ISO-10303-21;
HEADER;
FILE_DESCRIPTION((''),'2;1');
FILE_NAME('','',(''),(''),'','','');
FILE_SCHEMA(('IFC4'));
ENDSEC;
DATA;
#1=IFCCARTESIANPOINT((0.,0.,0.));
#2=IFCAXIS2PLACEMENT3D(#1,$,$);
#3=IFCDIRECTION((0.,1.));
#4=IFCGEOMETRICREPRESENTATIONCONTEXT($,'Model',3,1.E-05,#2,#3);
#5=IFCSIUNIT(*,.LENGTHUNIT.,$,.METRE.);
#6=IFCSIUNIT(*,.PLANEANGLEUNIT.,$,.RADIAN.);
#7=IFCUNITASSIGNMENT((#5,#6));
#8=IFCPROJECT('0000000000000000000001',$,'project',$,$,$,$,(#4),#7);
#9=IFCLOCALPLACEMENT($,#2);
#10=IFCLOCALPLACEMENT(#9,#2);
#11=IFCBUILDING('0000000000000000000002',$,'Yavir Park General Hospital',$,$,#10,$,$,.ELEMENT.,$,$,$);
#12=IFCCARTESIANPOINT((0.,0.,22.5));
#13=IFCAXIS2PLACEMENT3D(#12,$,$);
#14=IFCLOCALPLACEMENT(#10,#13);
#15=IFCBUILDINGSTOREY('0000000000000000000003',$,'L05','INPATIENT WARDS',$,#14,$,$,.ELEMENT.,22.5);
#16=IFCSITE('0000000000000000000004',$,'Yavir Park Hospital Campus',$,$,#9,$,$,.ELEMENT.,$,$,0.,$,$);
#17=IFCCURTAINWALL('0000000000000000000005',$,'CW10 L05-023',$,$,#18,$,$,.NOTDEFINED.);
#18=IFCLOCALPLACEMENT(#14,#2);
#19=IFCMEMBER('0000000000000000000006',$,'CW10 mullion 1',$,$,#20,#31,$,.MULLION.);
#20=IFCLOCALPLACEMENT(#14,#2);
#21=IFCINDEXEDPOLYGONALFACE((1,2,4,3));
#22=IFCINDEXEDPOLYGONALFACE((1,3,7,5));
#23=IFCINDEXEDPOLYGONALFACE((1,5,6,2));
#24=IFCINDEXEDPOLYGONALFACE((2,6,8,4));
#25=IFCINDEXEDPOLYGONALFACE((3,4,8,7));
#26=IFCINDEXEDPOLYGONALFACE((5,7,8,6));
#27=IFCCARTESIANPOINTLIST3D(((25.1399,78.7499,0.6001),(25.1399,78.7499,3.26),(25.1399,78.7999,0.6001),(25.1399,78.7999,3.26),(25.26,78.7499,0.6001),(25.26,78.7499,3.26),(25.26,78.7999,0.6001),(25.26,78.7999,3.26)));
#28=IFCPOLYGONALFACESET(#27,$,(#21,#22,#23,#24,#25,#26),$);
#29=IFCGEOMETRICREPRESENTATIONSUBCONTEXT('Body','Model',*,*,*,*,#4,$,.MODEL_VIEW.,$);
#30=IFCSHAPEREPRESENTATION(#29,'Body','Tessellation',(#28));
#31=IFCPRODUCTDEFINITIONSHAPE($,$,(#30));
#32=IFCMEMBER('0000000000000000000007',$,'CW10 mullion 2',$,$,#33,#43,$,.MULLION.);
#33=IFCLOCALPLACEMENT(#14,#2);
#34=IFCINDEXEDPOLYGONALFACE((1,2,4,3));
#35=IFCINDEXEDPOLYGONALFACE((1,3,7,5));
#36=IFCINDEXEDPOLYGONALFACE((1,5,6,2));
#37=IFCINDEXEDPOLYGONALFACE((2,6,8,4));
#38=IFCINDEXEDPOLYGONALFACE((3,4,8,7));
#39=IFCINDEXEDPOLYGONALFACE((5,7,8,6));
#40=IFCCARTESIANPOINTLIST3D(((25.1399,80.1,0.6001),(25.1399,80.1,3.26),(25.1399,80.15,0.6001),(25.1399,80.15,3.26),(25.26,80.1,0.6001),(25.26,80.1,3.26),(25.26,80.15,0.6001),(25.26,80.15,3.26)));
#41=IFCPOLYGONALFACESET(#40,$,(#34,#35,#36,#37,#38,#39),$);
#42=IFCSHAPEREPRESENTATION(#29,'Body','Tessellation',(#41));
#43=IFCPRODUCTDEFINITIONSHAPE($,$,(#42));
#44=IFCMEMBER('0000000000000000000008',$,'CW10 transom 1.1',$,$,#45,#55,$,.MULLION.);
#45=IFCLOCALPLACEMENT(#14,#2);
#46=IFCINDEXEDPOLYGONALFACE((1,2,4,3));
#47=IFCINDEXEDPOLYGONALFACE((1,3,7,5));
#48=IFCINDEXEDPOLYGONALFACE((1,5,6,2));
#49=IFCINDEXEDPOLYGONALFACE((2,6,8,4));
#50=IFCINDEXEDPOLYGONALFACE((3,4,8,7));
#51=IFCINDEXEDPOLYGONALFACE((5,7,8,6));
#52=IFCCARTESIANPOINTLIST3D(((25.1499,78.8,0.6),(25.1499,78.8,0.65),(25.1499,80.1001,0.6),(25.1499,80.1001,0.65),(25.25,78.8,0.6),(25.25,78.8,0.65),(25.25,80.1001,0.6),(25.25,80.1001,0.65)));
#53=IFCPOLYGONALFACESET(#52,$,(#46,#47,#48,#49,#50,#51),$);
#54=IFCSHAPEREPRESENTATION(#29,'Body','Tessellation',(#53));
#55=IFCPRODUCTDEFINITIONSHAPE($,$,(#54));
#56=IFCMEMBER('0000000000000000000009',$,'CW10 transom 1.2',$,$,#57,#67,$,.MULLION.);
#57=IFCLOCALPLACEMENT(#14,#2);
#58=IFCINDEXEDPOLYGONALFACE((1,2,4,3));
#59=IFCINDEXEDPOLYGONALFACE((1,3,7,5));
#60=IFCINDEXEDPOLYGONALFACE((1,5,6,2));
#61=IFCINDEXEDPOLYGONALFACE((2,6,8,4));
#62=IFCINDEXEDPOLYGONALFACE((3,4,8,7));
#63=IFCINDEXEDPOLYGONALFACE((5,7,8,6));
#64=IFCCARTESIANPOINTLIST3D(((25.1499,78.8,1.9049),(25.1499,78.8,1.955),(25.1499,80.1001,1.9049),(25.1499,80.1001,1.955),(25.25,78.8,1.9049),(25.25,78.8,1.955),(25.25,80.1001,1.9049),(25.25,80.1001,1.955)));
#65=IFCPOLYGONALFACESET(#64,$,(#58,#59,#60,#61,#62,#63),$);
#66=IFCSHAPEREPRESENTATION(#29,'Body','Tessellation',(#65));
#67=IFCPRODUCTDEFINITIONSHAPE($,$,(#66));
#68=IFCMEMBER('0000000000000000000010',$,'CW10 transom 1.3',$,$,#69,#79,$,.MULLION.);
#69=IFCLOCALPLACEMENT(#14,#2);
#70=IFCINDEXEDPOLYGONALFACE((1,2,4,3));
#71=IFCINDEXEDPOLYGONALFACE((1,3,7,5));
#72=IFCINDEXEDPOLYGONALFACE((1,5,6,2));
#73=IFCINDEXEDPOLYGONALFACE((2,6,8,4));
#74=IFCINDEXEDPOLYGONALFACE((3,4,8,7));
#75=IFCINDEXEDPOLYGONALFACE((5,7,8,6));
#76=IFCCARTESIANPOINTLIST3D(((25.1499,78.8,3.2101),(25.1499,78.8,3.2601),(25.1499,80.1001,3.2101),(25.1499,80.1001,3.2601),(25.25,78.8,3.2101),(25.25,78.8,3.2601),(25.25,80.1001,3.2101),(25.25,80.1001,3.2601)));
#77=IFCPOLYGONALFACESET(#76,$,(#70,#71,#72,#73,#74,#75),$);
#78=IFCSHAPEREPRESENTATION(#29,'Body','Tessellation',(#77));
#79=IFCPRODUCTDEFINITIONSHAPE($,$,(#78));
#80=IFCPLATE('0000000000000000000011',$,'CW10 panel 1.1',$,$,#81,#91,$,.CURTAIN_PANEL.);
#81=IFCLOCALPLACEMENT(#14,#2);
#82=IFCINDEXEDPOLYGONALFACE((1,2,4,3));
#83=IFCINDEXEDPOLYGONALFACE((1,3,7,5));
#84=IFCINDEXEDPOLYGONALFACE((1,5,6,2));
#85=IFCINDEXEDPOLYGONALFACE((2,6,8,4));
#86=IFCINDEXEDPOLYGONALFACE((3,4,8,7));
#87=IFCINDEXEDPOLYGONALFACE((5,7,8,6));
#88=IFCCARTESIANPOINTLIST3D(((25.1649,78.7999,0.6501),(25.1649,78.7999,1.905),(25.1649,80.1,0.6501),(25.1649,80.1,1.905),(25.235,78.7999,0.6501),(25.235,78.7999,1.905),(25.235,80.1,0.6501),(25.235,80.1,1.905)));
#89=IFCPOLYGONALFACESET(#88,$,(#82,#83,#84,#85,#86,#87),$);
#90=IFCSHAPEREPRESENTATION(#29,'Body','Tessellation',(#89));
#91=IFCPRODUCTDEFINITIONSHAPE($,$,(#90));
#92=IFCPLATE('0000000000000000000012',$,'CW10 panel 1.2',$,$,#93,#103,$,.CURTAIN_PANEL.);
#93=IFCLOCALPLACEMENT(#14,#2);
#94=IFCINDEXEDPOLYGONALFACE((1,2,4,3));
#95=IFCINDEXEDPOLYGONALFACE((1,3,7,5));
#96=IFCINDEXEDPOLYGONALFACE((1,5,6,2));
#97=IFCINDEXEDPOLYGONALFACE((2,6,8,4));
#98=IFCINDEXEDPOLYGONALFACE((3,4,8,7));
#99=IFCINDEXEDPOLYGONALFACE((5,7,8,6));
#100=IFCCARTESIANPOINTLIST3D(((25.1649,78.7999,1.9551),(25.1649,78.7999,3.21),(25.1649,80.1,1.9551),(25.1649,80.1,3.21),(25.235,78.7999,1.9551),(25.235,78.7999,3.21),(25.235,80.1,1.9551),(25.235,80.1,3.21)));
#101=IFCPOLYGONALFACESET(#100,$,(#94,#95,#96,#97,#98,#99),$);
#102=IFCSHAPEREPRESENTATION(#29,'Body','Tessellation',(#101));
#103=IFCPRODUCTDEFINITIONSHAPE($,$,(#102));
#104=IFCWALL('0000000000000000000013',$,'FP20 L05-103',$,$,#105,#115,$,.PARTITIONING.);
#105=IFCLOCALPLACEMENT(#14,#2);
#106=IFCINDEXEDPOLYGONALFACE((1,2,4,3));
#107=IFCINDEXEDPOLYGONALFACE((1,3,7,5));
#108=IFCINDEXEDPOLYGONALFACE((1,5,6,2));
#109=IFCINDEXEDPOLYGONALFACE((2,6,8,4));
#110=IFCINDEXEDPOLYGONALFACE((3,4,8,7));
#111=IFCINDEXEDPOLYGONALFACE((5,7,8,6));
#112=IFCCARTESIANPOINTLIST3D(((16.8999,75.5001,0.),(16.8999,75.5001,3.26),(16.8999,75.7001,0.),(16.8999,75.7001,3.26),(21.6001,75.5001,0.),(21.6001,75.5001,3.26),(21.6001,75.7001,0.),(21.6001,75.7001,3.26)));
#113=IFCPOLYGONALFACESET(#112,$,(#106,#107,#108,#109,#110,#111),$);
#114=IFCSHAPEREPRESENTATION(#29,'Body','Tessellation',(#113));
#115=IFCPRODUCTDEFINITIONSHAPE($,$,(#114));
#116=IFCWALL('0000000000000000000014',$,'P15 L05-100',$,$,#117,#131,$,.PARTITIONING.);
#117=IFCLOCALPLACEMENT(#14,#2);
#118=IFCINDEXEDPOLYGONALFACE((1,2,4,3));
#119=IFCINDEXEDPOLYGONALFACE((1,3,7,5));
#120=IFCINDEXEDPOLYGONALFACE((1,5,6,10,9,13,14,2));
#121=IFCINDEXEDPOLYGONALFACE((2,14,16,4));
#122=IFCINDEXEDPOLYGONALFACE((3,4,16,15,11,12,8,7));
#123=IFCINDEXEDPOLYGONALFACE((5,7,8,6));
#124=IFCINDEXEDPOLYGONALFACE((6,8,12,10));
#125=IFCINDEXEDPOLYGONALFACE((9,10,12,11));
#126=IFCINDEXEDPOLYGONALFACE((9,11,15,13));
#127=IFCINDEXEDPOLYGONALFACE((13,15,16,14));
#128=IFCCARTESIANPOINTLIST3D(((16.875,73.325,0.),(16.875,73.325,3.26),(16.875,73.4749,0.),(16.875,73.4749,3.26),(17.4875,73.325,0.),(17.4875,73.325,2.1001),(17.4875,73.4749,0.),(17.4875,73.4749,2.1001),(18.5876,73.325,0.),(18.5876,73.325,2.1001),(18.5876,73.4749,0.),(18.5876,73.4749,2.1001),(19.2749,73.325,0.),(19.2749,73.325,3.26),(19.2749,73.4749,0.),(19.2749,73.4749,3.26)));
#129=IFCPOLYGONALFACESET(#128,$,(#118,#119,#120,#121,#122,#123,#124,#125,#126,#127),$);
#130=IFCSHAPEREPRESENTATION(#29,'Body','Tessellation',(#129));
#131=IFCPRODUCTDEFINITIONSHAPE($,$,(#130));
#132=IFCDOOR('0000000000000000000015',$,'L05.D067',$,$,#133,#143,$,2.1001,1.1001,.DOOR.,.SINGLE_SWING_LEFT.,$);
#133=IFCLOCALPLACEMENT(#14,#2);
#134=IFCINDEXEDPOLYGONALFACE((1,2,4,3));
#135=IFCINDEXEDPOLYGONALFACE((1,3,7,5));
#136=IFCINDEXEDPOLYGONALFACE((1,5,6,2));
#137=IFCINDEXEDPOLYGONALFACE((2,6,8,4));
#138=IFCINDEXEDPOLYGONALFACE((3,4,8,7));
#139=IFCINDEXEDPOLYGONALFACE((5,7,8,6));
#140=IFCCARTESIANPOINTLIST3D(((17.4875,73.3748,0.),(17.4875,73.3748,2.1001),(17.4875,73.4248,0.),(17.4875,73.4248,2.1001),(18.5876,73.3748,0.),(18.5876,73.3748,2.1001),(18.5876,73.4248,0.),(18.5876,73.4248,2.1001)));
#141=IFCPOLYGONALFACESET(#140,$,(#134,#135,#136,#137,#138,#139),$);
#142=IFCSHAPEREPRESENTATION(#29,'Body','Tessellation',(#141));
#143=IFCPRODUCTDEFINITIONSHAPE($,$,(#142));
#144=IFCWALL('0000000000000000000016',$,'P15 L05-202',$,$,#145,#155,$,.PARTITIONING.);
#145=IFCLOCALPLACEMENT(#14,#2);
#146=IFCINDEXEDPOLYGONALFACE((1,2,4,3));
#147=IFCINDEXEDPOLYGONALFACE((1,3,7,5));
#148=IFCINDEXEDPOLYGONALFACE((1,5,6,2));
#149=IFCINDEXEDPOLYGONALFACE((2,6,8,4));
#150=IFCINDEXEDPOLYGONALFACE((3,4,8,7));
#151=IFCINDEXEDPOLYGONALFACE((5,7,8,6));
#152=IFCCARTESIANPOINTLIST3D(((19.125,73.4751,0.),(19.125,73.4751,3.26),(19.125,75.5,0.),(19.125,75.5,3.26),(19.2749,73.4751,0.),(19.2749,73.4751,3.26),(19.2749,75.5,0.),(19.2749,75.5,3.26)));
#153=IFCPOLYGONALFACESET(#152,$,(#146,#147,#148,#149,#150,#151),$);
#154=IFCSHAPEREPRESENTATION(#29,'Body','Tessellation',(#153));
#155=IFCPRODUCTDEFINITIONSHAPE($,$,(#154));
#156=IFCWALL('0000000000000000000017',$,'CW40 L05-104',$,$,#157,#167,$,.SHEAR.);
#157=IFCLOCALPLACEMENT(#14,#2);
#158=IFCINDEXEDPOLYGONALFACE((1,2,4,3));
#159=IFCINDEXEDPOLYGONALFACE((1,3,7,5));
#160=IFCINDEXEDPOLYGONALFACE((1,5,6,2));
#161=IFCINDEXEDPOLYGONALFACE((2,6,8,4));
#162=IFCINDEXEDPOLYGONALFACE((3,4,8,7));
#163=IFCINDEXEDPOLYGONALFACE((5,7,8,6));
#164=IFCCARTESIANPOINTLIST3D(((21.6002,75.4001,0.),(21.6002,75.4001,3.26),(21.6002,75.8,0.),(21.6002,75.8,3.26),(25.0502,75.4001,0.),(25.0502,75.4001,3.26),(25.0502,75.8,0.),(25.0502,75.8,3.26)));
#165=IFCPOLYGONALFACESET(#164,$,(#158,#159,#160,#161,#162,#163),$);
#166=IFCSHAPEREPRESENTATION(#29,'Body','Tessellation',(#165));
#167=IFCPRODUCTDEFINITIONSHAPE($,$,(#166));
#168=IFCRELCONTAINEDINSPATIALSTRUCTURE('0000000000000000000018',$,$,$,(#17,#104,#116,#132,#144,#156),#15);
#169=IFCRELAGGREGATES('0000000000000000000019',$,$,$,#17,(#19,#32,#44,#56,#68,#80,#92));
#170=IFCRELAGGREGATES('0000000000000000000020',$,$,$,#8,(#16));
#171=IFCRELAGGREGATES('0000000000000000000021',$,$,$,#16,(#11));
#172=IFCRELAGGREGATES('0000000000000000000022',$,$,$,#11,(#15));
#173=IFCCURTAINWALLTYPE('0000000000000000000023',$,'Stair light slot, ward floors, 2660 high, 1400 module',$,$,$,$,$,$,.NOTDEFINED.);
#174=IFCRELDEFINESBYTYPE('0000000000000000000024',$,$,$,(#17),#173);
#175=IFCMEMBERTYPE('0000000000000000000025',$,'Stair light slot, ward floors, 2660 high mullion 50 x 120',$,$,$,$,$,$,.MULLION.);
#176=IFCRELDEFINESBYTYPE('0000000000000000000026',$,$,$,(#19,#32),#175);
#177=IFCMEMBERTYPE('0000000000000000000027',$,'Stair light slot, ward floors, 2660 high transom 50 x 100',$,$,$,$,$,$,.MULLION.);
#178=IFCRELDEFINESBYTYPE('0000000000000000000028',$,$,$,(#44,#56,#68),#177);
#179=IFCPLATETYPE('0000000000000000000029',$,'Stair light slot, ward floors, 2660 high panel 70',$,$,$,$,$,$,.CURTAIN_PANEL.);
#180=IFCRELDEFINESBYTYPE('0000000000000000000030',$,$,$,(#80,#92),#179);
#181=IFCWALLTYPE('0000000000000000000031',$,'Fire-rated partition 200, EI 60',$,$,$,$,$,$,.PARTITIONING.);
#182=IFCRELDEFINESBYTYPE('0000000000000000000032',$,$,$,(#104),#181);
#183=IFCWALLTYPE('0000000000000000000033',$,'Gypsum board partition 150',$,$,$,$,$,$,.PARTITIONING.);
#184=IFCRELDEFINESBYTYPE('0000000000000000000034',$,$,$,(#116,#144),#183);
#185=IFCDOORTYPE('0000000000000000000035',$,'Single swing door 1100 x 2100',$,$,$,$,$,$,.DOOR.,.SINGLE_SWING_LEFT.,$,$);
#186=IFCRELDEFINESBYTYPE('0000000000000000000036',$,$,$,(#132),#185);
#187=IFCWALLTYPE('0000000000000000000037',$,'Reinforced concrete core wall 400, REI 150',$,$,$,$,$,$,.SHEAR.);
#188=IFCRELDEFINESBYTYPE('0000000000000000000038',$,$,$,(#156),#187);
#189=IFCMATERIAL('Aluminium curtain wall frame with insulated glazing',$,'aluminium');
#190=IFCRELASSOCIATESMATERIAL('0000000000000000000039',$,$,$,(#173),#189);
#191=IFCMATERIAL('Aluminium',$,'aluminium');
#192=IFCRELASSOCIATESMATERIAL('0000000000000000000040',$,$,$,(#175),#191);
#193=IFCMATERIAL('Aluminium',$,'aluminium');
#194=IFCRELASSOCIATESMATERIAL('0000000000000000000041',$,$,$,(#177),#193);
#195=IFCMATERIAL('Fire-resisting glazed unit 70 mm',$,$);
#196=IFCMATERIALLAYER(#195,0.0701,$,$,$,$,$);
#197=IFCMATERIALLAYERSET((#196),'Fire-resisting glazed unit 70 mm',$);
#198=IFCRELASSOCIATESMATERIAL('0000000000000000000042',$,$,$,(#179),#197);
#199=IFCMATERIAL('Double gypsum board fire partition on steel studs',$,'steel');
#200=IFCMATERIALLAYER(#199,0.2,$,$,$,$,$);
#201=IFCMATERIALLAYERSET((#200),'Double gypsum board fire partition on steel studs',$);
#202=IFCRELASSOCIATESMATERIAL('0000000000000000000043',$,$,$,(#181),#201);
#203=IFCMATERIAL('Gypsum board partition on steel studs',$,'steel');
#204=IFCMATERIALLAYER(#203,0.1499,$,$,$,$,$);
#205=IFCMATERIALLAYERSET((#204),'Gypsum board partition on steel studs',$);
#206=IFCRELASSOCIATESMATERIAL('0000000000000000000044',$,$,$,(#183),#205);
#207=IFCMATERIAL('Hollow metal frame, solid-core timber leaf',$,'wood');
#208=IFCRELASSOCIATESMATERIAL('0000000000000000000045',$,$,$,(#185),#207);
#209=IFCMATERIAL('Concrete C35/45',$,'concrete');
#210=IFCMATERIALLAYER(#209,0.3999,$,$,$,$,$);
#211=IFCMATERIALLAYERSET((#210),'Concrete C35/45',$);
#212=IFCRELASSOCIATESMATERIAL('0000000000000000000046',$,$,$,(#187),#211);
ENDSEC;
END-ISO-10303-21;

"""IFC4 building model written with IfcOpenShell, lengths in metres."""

from ifc_helpers import new_model, si_unit, direction, frame, frame_2d, origin, origin_2d, place, context, subcontext, project, spatial, rectangle, extrude, material, layer, layer_set, material_profile, profile_set, type_object, element, fill, aggregate, save


model = new_model("IFC4")

# Units and contexts
model_context = context("Model", 3, precision=1e-05, world=origin(), true_north=direction((0.0, 1.0)))
body_context = subcontext(model_context, "Body", "Model", "MODEL_VIEW")
ifc_project = project(units=[si_unit("LENGTHUNIT", "METRE"), si_unit("PLANEANGLEUNIT", "RADIAN")], contexts=[model_context])

# Site, building, storey
site_placement = place(None, origin())
site = spatial("IfcSite", under=ifc_project, at=site_placement, Name="Yavir Park Hospital Campus", CompositionType="ELEMENT", RefElevation=0.0)
building_placement = place(site_placement, origin())
building = spatial("IfcBuilding", under=site, at=building_placement, Name="Yavir Park General Hospital", CompositionType="ELEMENT")
storey_placement = place(building_placement, frame((0.0, 0.0, 22.5)))
storey = spatial("IfcBuildingStorey", under=building, at=storey_placement, Name="L05", Description="INPATIENT WARDS", CompositionType="ELEMENT", Elevation=22.5)

# Curtain wall, members, plates
ifc_material_1 = material(Name="Aluminium curtain wall frame with insulated glazing", Category="aluminium")
curtain_wall_type = type_object("IfcCurtainWallType", Name="Stair light slot, ward floors, 2660 high, 1400 module", PredefinedType="NOTDEFINED", material=ifc_material_1)
curtain_wall_placement = place(storey_placement, origin())
curtain_wall = element("IfcCurtainWall", 1, at=curtain_wall_placement, inside=storey, type_object=curtain_wall_type, Name="CW10 L05-023", PredefinedType="NOTDEFINED")
ifc_material_2 = material(Name="Aluminium", Category="aluminium")
ifc_material_profile_1 = material_profile(ifc_material_2, rectangle(XDim=0.1201, YDim=0.05, at=origin_2d()), Name="AL 50x120")
ifc_profile_set_1 = profile_set([ifc_material_profile_1], Name="Aluminium")
member_type_1 = type_object("IfcMemberType", Name="Stair light slot, ward floors, 2660 high mullion 50 x 120", PredefinedType="MULLION", material=ifc_profile_set_1)
member_1_placement = place(storey_placement, frame((25.2, 78.7749, 0.6001), z_axis=(0.0, 0.0, 1.0), x_axis=(-1.0, 0.0, 0.0)))
member_1 = element("IfcMember", 2, at=member_1_placement, type_object=member_type_1, Name="CW10 mullion 1", PredefinedType="MULLION", context=body_context, shape_type="SweptSolid", body=[
    extrude(rectangle(XDim=0.1201, YDim=0.05, at=origin_2d()), origin(), (0.0, 0.0, 1.0), 2.6599),
])
member_2_placement = place(storey_placement, frame((25.2, 80.125, 0.6001), z_axis=(0.0, 0.0, 1.0), x_axis=(-1.0, 0.0, 0.0)))
member_2 = element("IfcMember", 3, at=member_2_placement, type_object=member_type_1, Name="CW10 mullion 2", PredefinedType="MULLION", context=body_context, shape_type="SweptSolid", body=[
    extrude(rectangle(XDim=0.1201, YDim=0.05, at=origin_2d()), origin(), (0.0, 0.0, 1.0), 2.6599),
])
ifc_material_3 = material(Name="Aluminium", Category="aluminium")
ifc_material_profile_2 = material_profile(ifc_material_3, rectangle(XDim=0.1001, YDim=0.05, at=origin_2d()), Name="AL 100x50")
ifc_profile_set_2 = profile_set([ifc_material_profile_2], Name="Aluminium")
member_type_2 = type_object("IfcMemberType", Name="Stair light slot, ward floors, 2660 high transom 50 x 100", PredefinedType="MULLION", material=ifc_profile_set_2)
member_3_placement = place(storey_placement, frame((25.2, 78.8, 0.625), z_axis=(0.0, 1.0, 0.0), x_axis=(-1.0, 0.0, 0.0)))
member_3 = element("IfcMember", 4, at=member_3_placement, type_object=member_type_2, Name="CW10 transom 1.1", PredefinedType="MULLION", context=body_context, shape_type="SweptSolid", body=[
    extrude(rectangle(XDim=0.1001, YDim=0.05, at=origin_2d()), origin(), (0.0, 0.0, 1.0), 1.3),
])
member_4_placement = place(storey_placement, frame((25.2, 78.8, 1.9299), z_axis=(0.0, 1.0, 0.0), x_axis=(-1.0, 0.0, 0.0)))
member_4 = element("IfcMember", 5, at=member_4_placement, type_object=member_type_2, Name="CW10 transom 1.2", PredefinedType="MULLION", context=body_context, shape_type="SweptSolid", body=[
    extrude(rectangle(XDim=0.1001, YDim=0.05, at=origin_2d()), origin(), (0.0, 0.0, 1.0), 1.3),
])
member_5_placement = place(storey_placement, frame((25.2, 78.8, 3.2351), z_axis=(0.0, 1.0, 0.0), x_axis=(-1.0, 0.0, 0.0)))
member_5 = element("IfcMember", 6, at=member_5_placement, type_object=member_type_2, Name="CW10 transom 1.3", PredefinedType="MULLION", context=body_context, shape_type="SweptSolid", body=[
    extrude(rectangle(XDim=0.1001, YDim=0.05, at=origin_2d()), origin(), (0.0, 0.0, 1.0), 1.3),
])
ifc_material_4 = material(Name="Fire-resisting glazed unit 70 mm")
ifc_layer_1 = layer(ifc_material_4, 0.0701)
ifc_layer_set_1 = layer_set([ifc_layer_1], Name="Fire-resisting glazed unit 70 mm")
plate_type = type_object("IfcPlateType", Name="Stair light slot, ward floors, 2660 high panel 70", PredefinedType="CURTAIN_PANEL", material=ifc_layer_set_1)
plate_1_placement = place(storey_placement, frame((25.2, 79.45, 0.6501), z_axis=(0.0, 0.0, 1.0), x_axis=(0.0, 1.0, 0.0)))
plate_1 = element("IfcPlate", 7, at=plate_1_placement, type_object=plate_type, Name="CW10 panel 1.1", PredefinedType="CURTAIN_PANEL", context=body_context, shape_type="SweptSolid", body=[
    extrude(rectangle(XDim=1.3, YDim=0.0701, at=origin_2d()), origin(), (0.0, 0.0, 1.0), 1.2549),
])
plate_2_placement = place(storey_placement, frame((25.2, 79.45, 1.9551), z_axis=(0.0, 0.0, 1.0), x_axis=(0.0, 1.0, 0.0)))
plate_2 = element("IfcPlate", 8, at=plate_2_placement, type_object=plate_type, Name="CW10 panel 1.2", PredefinedType="CURTAIN_PANEL", context=body_context, shape_type="SweptSolid", body=[
    extrude(rectangle(XDim=1.3, YDim=0.0701, at=origin_2d()), origin(), (0.0, 0.0, 1.0), 1.2549),
])
aggregate(curtain_wall, [member_1, member_2, member_3, member_4, member_5, plate_1, plate_2])

# Wall
ifc_material_5 = material(Name="Double gypsum board fire partition on steel studs", Category="steel")
ifc_layer_2 = layer(ifc_material_5, 0.2)
ifc_layer_set_2 = layer_set([ifc_layer_2], Name="Double gypsum board fire partition on steel studs")
wall_type_1 = type_object("IfcWallType", Name="Fire-rated partition 200, EI 60", PredefinedType="PARTITIONING", material=ifc_layer_set_2)
wall_1_placement = place(storey_placement, frame((16.8999, 75.6001, 0.0), z_axis=(0.0, 0.0, 1.0), x_axis=(1.0, 0.0, 0.0)))
element("IfcWall", 9, at=wall_1_placement, inside=storey, type_object=wall_type_1, Name="FP20 L05-103", PredefinedType="PARTITIONING", context=body_context, shape_type="SweptSolid", body=[
    extrude(rectangle(XDim=4.7002, YDim=0.2, at=frame_2d((2.3501, 0.0))), origin(), (0.0, 0.0, 1.0), 3.26),
])

# Wall, opening, door
ifc_material_6 = material(Name="Gypsum board partition on steel studs", Category="steel")
ifc_layer_3 = layer(ifc_material_6, 0.1499)
ifc_layer_set_3 = layer_set([ifc_layer_3], Name="Gypsum board partition on steel studs")
wall_type_2 = type_object("IfcWallType", Name="Gypsum board partition 150", PredefinedType="PARTITIONING", material=ifc_layer_set_3)
wall_2_placement = place(storey_placement, frame((16.875, 73.3999, 0.0), z_axis=(0.0, 0.0, 1.0), x_axis=(1.0, 0.0, 0.0)))
wall_2 = element("IfcWall", 10, at=wall_2_placement, inside=storey, type_object=wall_type_2, Name="P15 L05-100", PredefinedType="PARTITIONING", context=body_context, shape_type="SweptSolid", body=[
    extrude(rectangle(XDim=2.3999, YDim=0.1499, at=frame_2d((1.2, 0.0))), origin(), (0.0, 0.0, 1.0), 3.26),
])
opening_1_placement = place(wall_2_placement, frame((0.6125, 0.0, 0.0)))
opening_1 = element("IfcOpeningElement", 11, at=opening_1_placement, cuts=wall_2, PredefinedType="OPENING", context=body_context, shape_type="SweptSolid", body=[
    extrude(rectangle(XDim=1.1001, YDim=2.1001, at=frame_2d((0.55, 1.05))), frame((0.0, 0.085, 0.0), z_axis=(0.0, -1.0, 0.0), x_axis=(1.0, 0.0, 0.0)), (0.0, 0.0, 1.0), 0.1699),
])
ifc_material_7 = material(Name="Hollow metal frame, solid-core timber leaf", Category="wood")
door_type_1 = type_object("IfcDoorType", Name="Single swing door 1100 x 2100", OperationType="SINGLE_SWING_LEFT", PredefinedType="DOOR", material=ifc_material_7)
door_1_placement = place(opening_1_placement, origin())
door_1 = element("IfcDoor", 12, at=door_1_placement, inside=storey, type_object=door_type_1, Name="L05.D067", OperationType="SINGLE_SWING_LEFT", OverallHeight=2.1001, OverallWidth=1.1001, PredefinedType="DOOR", context=body_context, shape_type="SweptSolid", body=[
    extrude(rectangle(XDim=1.1001, YDim=2.1001, at=frame_2d((0.55, 1.05))), frame((0.0, 0.0249, 0.0), z_axis=(0.0, -1.0, 0.0), x_axis=(1.0, 0.0, 0.0)), (0.0, 0.0, 1.0), 0.05),
])
fill(opening_1, door_1)

# Walls
wall_3_placement = place(storey_placement, frame((19.2, 73.4751, 0.0), z_axis=(0.0, 0.0, 1.0), x_axis=(0.0, 1.0, 0.0)))
element("IfcWall", 13, at=wall_3_placement, inside=storey, type_object=wall_type_2, Name="P15 L05-202", PredefinedType="PARTITIONING", context=body_context, shape_type="SweptSolid", body=[
    extrude(rectangle(XDim=2.0249, YDim=0.1499, at=frame_2d((1.0125, 0.0))), origin(), (0.0, 0.0, 1.0), 3.26),
])
ifc_material_8 = material(Name="Concrete C35/45", Category="concrete")
ifc_layer_4 = layer(ifc_material_8, 0.3999)
ifc_layer_set_4 = layer_set([ifc_layer_4], Name="Concrete C35/45")
wall_type_3 = type_object("IfcWallType", Name="Reinforced concrete core wall 400, REI 150", PredefinedType="SHEAR", material=ifc_layer_set_4)
wall_4_placement = place(storey_placement, frame((21.6001, 75.6001, 0.0), z_axis=(0.0, 0.0, 1.0), x_axis=(1.0, 0.0, 0.0)))
element("IfcWall", 14, at=wall_4_placement, inside=storey, type_object=wall_type_3, Name="CW40 L05-104", PredefinedType="SHEAR", context=body_context, shape_type="SweptSolid", body=[
    extrude(rectangle(XDim=3.45, YDim=0.3999, at=frame_2d((1.7251, 0.0))), origin(), (0.0, 0.0, 1.0), 3.26),
])

save(model, "model.ifc")
